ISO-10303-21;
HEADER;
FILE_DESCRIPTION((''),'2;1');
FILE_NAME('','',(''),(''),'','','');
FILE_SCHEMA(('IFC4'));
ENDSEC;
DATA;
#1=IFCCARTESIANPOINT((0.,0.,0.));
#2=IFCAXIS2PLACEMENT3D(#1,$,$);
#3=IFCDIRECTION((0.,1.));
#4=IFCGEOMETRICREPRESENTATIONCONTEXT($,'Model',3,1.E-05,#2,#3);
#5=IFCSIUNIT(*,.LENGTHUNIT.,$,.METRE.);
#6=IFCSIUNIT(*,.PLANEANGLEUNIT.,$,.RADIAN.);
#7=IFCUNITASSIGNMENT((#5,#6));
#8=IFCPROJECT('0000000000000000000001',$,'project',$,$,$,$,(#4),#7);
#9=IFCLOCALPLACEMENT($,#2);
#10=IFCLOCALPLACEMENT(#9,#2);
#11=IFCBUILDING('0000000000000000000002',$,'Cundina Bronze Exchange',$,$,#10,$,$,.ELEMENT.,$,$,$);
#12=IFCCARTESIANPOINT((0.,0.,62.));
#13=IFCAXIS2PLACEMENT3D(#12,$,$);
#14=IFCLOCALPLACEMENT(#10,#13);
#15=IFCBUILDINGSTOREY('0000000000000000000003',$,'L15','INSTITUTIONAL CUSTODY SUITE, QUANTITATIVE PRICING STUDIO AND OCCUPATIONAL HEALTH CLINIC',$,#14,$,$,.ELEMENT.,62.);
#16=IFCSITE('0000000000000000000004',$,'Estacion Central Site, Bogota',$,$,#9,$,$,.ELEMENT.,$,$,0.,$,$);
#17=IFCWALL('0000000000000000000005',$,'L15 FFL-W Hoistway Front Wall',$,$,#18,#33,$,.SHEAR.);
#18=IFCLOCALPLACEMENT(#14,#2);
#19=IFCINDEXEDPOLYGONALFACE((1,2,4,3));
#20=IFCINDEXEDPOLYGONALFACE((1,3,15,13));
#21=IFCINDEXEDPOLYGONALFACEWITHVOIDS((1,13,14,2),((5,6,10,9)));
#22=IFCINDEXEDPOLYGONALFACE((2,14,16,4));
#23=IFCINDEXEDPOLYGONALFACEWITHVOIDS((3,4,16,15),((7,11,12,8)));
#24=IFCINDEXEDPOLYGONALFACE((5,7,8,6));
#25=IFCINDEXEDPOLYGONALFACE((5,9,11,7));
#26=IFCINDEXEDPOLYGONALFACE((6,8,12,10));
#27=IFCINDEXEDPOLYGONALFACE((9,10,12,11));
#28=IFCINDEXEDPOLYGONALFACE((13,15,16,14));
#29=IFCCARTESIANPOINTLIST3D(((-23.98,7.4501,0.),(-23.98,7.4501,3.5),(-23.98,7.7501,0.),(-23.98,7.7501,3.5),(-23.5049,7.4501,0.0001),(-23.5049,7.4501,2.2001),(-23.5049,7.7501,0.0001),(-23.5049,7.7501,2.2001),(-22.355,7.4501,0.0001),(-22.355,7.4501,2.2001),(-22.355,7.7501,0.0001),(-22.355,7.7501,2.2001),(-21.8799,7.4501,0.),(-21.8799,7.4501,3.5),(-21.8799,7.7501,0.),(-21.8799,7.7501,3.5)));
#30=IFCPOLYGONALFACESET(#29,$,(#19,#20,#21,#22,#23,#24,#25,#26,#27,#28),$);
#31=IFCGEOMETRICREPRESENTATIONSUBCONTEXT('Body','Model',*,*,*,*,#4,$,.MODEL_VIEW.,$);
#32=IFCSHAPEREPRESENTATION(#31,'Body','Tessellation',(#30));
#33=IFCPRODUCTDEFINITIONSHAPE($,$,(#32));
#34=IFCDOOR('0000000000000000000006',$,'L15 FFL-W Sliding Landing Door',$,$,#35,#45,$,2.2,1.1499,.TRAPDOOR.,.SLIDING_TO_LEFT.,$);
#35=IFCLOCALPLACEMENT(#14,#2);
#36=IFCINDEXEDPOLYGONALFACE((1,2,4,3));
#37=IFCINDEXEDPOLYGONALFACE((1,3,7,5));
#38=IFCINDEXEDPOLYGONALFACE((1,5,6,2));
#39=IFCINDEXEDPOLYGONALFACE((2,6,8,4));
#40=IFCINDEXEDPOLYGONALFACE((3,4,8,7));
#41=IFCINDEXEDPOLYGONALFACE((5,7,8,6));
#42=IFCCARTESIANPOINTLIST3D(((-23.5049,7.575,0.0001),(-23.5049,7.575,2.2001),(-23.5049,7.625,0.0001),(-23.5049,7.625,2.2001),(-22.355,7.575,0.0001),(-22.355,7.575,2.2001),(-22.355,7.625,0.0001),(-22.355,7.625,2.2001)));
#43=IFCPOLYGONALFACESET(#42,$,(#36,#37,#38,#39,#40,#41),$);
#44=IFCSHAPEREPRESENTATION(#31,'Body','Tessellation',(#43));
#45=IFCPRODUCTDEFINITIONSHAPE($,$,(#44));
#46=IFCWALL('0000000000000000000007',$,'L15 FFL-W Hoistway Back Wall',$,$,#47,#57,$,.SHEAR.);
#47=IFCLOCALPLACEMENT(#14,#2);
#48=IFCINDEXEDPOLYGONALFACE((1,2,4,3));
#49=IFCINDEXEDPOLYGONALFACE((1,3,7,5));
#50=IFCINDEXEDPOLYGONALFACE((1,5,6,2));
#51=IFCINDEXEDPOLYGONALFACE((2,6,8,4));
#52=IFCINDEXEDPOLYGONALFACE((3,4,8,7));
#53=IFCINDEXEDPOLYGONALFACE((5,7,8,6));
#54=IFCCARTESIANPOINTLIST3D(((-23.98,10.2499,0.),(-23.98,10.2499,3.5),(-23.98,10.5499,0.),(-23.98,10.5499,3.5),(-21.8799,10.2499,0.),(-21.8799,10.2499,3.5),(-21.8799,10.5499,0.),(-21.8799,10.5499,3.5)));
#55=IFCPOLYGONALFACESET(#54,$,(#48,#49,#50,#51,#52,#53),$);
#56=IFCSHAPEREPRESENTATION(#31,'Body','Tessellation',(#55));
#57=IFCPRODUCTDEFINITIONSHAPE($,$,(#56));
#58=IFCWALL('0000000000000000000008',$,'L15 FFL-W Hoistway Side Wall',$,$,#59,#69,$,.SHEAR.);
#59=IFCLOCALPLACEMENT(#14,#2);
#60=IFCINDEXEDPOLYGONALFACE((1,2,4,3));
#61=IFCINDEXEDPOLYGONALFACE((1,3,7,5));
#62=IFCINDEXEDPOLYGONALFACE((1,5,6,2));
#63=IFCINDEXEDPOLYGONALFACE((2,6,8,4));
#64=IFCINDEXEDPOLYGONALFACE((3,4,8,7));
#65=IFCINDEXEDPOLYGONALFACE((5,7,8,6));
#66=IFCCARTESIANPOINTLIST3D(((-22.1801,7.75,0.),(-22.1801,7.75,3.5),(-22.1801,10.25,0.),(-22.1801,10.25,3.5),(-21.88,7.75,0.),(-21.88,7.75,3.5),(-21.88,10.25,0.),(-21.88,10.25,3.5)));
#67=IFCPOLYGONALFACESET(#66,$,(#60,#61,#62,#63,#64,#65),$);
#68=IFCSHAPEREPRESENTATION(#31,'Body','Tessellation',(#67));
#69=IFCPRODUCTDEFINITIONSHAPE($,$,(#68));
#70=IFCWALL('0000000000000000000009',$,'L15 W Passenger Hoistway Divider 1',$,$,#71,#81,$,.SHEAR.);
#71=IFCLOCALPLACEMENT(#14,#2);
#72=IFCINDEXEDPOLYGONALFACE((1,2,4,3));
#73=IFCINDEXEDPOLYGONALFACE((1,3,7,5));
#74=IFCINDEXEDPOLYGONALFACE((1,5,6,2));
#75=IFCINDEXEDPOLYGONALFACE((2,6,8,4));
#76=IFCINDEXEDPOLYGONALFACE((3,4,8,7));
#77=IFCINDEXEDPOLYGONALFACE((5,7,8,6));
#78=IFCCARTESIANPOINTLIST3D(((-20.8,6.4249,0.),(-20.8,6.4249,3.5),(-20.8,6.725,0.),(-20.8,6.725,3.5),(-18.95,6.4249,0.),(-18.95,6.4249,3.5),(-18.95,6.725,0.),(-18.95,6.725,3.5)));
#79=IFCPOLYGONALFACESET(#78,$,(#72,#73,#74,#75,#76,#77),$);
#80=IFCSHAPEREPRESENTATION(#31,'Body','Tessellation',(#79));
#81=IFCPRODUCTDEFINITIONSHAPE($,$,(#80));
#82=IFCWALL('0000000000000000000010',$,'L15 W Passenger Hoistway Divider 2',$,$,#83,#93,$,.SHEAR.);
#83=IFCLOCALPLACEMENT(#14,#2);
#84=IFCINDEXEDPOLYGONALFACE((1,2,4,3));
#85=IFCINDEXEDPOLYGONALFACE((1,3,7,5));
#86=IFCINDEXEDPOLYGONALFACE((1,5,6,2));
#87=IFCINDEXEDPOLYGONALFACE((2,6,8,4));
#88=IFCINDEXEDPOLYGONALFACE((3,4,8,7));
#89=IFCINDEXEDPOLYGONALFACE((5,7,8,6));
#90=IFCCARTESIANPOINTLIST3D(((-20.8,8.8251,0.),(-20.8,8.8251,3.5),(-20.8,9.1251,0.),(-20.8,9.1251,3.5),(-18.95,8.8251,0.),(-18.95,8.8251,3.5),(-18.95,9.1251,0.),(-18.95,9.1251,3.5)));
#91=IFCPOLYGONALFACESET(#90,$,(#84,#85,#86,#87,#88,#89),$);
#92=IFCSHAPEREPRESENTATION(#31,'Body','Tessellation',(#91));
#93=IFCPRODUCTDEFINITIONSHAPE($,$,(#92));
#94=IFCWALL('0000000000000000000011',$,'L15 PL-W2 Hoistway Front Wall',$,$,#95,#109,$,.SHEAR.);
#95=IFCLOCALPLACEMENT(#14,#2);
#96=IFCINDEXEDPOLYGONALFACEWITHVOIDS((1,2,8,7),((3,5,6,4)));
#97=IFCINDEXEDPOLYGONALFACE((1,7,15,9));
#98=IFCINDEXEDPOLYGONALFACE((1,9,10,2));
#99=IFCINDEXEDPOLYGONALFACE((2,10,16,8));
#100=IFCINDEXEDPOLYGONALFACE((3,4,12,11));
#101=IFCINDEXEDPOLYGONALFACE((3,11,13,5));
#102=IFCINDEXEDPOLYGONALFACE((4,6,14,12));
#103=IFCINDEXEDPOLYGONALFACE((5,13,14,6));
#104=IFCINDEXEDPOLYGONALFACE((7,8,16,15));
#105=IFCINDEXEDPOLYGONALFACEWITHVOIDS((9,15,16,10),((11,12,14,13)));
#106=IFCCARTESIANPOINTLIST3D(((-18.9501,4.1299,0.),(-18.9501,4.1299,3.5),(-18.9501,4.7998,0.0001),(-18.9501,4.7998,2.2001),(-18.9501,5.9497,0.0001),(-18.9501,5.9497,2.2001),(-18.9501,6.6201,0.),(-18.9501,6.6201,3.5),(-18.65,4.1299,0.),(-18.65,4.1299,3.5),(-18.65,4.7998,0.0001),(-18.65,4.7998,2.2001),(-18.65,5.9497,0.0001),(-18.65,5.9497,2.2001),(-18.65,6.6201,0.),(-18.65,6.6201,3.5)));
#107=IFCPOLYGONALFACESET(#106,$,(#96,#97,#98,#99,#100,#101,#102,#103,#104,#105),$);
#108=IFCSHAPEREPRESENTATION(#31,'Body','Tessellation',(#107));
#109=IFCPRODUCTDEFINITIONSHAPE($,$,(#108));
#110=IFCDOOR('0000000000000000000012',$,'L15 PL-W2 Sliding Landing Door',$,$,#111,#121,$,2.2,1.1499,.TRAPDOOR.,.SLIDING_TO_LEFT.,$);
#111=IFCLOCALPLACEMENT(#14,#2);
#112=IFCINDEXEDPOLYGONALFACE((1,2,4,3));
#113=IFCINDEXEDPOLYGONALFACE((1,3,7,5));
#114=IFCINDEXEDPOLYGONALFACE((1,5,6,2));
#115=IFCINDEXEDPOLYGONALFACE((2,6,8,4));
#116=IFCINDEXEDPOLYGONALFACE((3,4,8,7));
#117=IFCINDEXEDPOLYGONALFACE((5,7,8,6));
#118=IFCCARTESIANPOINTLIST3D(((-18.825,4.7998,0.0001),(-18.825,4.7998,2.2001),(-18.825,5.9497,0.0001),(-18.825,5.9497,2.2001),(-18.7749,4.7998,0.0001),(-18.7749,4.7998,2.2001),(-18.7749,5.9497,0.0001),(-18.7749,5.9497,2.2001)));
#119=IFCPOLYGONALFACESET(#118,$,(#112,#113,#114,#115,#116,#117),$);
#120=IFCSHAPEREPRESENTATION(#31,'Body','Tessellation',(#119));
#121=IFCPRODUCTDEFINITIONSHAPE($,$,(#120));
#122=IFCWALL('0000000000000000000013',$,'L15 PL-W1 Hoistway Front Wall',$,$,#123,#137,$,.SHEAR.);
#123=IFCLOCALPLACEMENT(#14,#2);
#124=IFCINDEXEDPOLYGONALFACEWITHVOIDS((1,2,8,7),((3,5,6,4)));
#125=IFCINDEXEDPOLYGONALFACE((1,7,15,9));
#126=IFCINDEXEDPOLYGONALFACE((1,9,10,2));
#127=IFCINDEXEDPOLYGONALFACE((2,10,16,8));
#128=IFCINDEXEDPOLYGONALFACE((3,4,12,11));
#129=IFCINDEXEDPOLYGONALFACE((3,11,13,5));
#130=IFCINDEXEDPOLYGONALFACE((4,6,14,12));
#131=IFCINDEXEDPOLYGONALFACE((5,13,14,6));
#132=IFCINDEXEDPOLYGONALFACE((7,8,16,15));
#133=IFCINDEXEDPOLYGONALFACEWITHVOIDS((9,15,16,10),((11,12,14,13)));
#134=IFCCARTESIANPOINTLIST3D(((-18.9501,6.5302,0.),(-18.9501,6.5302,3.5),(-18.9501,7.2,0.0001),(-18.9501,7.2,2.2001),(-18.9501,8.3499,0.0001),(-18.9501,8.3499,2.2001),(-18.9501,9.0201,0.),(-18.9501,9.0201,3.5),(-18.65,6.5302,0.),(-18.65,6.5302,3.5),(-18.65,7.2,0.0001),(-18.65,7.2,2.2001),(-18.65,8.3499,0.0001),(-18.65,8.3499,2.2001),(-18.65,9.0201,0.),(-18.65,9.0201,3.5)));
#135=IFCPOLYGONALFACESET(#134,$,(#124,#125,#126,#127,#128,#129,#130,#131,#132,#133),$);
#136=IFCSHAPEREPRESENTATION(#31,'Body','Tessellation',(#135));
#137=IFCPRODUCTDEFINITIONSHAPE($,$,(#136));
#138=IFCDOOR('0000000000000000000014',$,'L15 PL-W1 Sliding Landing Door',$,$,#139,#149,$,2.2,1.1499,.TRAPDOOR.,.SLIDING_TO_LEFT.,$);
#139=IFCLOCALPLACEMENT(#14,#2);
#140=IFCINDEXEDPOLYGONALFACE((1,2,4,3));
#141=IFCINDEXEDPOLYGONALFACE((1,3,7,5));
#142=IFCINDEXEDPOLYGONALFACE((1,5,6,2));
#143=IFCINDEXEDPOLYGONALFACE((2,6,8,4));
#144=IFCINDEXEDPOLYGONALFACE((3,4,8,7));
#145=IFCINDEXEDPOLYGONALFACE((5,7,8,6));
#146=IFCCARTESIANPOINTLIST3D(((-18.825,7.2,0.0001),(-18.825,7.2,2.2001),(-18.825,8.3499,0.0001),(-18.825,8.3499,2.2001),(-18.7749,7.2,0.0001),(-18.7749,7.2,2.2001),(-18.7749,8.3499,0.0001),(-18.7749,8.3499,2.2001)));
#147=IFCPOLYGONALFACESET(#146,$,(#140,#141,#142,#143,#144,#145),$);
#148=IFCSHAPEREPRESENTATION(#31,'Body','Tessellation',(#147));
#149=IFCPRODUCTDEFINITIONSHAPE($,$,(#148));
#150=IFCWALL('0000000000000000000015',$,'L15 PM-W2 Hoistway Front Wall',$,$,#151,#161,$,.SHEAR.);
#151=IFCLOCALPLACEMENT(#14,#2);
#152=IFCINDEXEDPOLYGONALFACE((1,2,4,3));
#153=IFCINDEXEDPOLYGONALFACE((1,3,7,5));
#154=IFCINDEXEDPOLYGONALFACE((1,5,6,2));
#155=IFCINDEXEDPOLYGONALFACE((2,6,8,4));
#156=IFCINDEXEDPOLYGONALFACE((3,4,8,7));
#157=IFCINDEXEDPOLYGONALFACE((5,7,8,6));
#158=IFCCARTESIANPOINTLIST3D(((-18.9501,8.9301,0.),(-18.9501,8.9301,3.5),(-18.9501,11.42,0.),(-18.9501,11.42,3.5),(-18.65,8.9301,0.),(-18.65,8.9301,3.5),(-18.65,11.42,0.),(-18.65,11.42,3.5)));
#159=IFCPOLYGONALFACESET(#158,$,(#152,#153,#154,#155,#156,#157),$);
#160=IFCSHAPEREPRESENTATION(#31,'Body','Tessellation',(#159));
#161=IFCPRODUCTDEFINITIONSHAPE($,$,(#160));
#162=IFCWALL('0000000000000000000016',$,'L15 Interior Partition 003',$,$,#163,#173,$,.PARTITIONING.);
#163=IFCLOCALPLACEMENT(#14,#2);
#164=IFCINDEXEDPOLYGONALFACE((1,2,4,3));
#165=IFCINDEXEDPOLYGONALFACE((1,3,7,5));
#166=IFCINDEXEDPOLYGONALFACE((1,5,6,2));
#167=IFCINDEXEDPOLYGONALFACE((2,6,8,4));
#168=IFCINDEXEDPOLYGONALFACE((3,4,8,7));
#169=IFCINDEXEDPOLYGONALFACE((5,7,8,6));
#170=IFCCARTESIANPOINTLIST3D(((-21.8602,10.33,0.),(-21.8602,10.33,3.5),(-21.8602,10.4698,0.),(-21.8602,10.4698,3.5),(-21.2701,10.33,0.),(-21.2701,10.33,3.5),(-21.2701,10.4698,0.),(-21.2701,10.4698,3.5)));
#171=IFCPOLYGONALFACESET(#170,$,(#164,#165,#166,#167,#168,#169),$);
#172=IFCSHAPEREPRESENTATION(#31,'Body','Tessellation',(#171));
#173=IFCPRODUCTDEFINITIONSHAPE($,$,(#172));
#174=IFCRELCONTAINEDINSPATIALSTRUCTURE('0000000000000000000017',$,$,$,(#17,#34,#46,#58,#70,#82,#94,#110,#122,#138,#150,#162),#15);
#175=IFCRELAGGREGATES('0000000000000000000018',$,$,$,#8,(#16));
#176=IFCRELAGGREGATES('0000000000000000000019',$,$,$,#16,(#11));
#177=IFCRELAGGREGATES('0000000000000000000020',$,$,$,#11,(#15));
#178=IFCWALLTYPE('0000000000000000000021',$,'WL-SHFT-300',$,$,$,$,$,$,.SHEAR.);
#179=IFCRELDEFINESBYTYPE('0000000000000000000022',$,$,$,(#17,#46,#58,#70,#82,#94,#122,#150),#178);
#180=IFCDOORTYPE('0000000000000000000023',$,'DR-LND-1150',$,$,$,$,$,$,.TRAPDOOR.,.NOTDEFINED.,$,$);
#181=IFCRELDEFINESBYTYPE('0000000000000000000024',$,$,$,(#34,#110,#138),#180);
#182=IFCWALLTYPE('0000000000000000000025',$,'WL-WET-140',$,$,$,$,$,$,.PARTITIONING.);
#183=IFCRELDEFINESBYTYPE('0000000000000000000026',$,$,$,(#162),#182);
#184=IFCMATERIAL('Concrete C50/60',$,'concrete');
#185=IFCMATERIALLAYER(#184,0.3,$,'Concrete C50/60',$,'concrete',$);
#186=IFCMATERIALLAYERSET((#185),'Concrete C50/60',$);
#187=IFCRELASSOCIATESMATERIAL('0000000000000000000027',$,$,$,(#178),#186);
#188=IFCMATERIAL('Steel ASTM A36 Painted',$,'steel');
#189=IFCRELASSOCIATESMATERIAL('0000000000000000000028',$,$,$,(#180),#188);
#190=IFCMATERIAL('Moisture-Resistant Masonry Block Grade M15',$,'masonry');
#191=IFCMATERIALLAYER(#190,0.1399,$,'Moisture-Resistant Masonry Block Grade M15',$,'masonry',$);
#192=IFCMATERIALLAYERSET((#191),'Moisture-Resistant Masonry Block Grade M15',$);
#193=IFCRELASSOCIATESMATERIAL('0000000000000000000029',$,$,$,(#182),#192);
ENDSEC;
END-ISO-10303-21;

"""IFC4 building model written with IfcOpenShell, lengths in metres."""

from ifc_helpers import new_model, si_unit, direction, frame, frame_2d, origin, place, context, subcontext, project, spatial, rectangle, extrude, material, layer, layer_set, type_object, element, fill, save


model = new_model("IFC4")

# Units and contexts
model_context = context("Model", 3, precision=1e-05, world=origin(), true_north=direction((0.0, 1.0)))
body_context = subcontext(model_context, "Body", "Model", "MODEL_VIEW")
ifc_project = project(units=[si_unit("LENGTHUNIT", "METRE"), si_unit("PLANEANGLEUNIT", "RADIAN")], contexts=[model_context])

# Site, building, storey
site_placement = place(None, origin())
site = spatial("IfcSite", under=ifc_project, at=site_placement, Name="Estacion Central Site, Bogota", CompositionType="ELEMENT", RefElevation=0.0)
building_placement = place(site_placement, origin())
building = spatial("IfcBuilding", under=site, at=building_placement, Name="Cundina Bronze Exchange", CompositionType="ELEMENT")
storey_placement = place(building_placement, frame((0.0, 0.0, 62.0)))
storey = spatial("IfcBuildingStorey", under=building, at=storey_placement, Name="L15", Description="INSTITUTIONAL CUSTODY SUITE, QUANTITATIVE PRICING STUDIO AND OCCUPATIONAL HEALTH CLINIC", CompositionType="ELEMENT", Elevation=62.0)

# Shared definitions
ifc_material_1 = material(Name="Concrete C50/60", Category="concrete")
ifc_layer_1 = layer(ifc_material_1, 0.3, Name="Concrete C50/60", Category="concrete")
ifc_layer_set_1 = layer_set([ifc_layer_1], Name="Concrete C50/60")
wall_type_1 = type_object("IfcWallType", Name="WL-SHFT-300", PredefinedType="SHEAR", material=ifc_layer_set_1)

# Wall, opening, door
wall_1_placement = place(storey_placement, frame((-23.98, 7.6001, 0.0), z_axis=(0.0, 0.0, 1.0), x_axis=(1.0, 0.0, 0.0)))
wall_1 = element("IfcWall", 1, at=wall_1_placement, inside=storey, type_object=wall_type_1, Name="L15 FFL-W Hoistway Front Wall", PredefinedType="SHEAR", context=body_context, shape_type="SweptSolid", body=[
    extrude(rectangle(XDim=2.1001, YDim=0.3, at=frame_2d((1.05, 0.0))), origin(), (0.0, 0.0, 1.0), 3.5),
])
opening_1_placement = place(wall_1_placement, frame((0.4751, 0.0, 0.0)))
opening_1 = element("IfcOpeningElement", 2, at=opening_1_placement, cuts=wall_1, PredefinedType="OPENING", context=body_context, shape_type="SweptSolid", body=[
    extrude(rectangle(XDim=1.1499, YDim=2.2, at=frame_2d((0.575, 1.1001))), frame((0.0, 0.1599, 0.0), z_axis=(0.0, -1.0, 0.0), x_axis=(1.0, 0.0, 0.0)), (0.0, 0.0, 1.0), 0.3201),
])
ifc_material_2 = material(Name="Steel ASTM A36 Painted", Category="steel")
door_type = type_object("IfcDoorType", Name="DR-LND-1150", OperationType="NOTDEFINED", PredefinedType="TRAPDOOR", material=ifc_material_2)
door_1_placement = place(opening_1_placement, origin())
door_1 = element("IfcDoor", 3, at=door_1_placement, inside=storey, type_object=door_type, Name="L15 FFL-W Sliding Landing Door", OperationType="SLIDING_TO_LEFT", OverallHeight=2.2, OverallWidth=1.1499, PredefinedType="TRAPDOOR", context=body_context, shape_type="SweptSolid", body=[
    extrude(rectangle(XDim=1.1499, YDim=2.2, at=frame_2d((0.575, 1.1001))), frame((0.0, 0.0249, 0.0), z_axis=(0.0, -1.0, 0.0), x_axis=(1.0, 0.0, 0.0)), (0.0, 0.0, 1.0), 0.05),
])
fill(opening_1, door_1)

# Walls
wall_2_placement = place(storey_placement, frame((-23.98, 10.3999, 0.0), z_axis=(0.0, 0.0, 1.0), x_axis=(1.0, 0.0, 0.0)))
element("IfcWall", 4, at=wall_2_placement, inside=storey, type_object=wall_type_1, Name="L15 FFL-W Hoistway Back Wall", PredefinedType="SHEAR", context=body_context, shape_type="SweptSolid", body=[
    extrude(rectangle(XDim=2.1001, YDim=0.3, at=frame_2d((1.05, 0.0))), origin(), (0.0, 0.0, 1.0), 3.5),
])
wall_3_placement = place(storey_placement, frame((-22.03, 7.75, 0.0), z_axis=(0.0, 0.0, 1.0), x_axis=(0.0, 1.0, 0.0)))
element("IfcWall", 5, at=wall_3_placement, inside=storey, type_object=wall_type_1, Name="L15 FFL-W Hoistway Side Wall", PredefinedType="SHEAR", context=body_context, shape_type="SweptSolid", body=[
    extrude(rectangle(XDim=2.5, YDim=0.3, at=frame_2d((1.25, 0.0))), origin(), (0.0, 0.0, 1.0), 3.5),
])
for number, where, z_axis, x_axis, name in (
    (6, (-20.8, 6.575, 0.0), (0.0, 0.0, 1.0), (1.0, 0.0, 0.0), "L15 W Passenger Hoistway Divider 1"),
    (7, (-20.8, 8.9751, 0.0), (0.0, 0.0, 1.0), (1.0, 0.0, 0.0), "L15 W Passenger Hoistway Divider 2"),
):
    element("IfcWall", number, at=place(storey_placement, frame(where, z_axis=z_axis, x_axis=x_axis)), inside=storey, type_object=wall_type_1, Name=name, PredefinedType="SHEAR", context=body_context, shape_type="SweptSolid", body=[
        extrude(rectangle(XDim=1.8501, YDim=0.3, at=frame_2d((0.925, 0.0))), origin(), (0.0, 0.0, 1.0), 3.5),
    ])

# Walls, openings, doors
wall_4_placement = place(storey_placement, frame((-18.8, 4.1299, 0.0), z_axis=(0.0, 0.0, 1.0), x_axis=(0.0, 1.0, 0.0)))
wall_4 = element("IfcWall", 8, at=wall_4_placement, inside=storey, type_object=wall_type_1, Name="L15 PL-W2 Hoistway Front Wall", PredefinedType="SHEAR", context=body_context, shape_type="SweptSolid", body=[
    extrude(rectangle(XDim=2.4902, YDim=0.3, at=frame_2d((1.2451, 0.0))), origin(), (0.0, 0.0, 1.0), 3.5),
])
opening_2_placement = place(wall_4_placement, frame((0.6699, 0.0, 0.0)))
opening_2 = element("IfcOpeningElement", 9, at=opening_2_placement, cuts=wall_4, PredefinedType="OPENING", context=body_context, shape_type="SweptSolid", body=[
    extrude(rectangle(XDim=1.1499, YDim=2.2, at=frame_2d((0.575, 1.1001))), frame((0.0, 0.1599, 0.0), z_axis=(0.0, -1.0, 0.0), x_axis=(1.0, 0.0, 0.0)), (0.0, 0.0, 1.0), 0.3201),
])
door_2_placement = place(opening_2_placement, origin())
door_2 = element("IfcDoor", 10, at=door_2_placement, inside=storey, type_object=door_type, Name="L15 PL-W2 Sliding Landing Door", OperationType="SLIDING_TO_LEFT", OverallHeight=2.2, OverallWidth=1.1499, PredefinedType="TRAPDOOR", context=body_context, shape_type="SweptSolid", body=[
    extrude(rectangle(XDim=1.1499, YDim=2.2, at=frame_2d((0.575, 1.1001))), frame((0.0, 0.0249, 0.0), z_axis=(0.0, -1.0, 0.0), x_axis=(1.0, 0.0, 0.0)), (0.0, 0.0, 1.0), 0.05),
])
fill(opening_2, door_2)
wall_5_placement = place(storey_placement, frame((-18.8, 6.53, 0.0), z_axis=(0.0, 0.0, 1.0), x_axis=(0.0, 1.0, 0.0)))
wall_5 = element("IfcWall", 11, at=wall_5_placement, inside=storey, type_object=wall_type_1, Name="L15 PL-W1 Hoistway Front Wall", PredefinedType="SHEAR", context=body_context, shape_type="SweptSolid", body=[
    extrude(rectangle(XDim=2.49, YDim=0.3, at=frame_2d((1.2451, 0.0))), origin(), (0.0, 0.0, 1.0), 3.5),
])
opening_3_placement = place(wall_5_placement, frame((0.6699, 0.0, 0.0)))
opening_3 = element("IfcOpeningElement", 12, at=opening_3_placement, cuts=wall_5, PredefinedType="OPENING", context=body_context, shape_type="SweptSolid", body=[
    extrude(rectangle(XDim=1.1499, YDim=2.2, at=frame_2d((0.575, 1.1001))), frame((0.0, 0.1599, 0.0), z_axis=(0.0, -1.0, 0.0), x_axis=(1.0, 0.0, 0.0)), (0.0, 0.0, 1.0), 0.3201),
])
door_3_placement = place(opening_3_placement, origin())
door_3 = element("IfcDoor", 13, at=door_3_placement, inside=storey, type_object=door_type, Name="L15 PL-W1 Sliding Landing Door", OperationType="SLIDING_TO_LEFT", OverallHeight=2.2, OverallWidth=1.1499, PredefinedType="TRAPDOOR", context=body_context, shape_type="SweptSolid", body=[
    extrude(rectangle(XDim=1.1499, YDim=2.2, at=frame_2d((0.575, 1.1001))), frame((0.0, 0.0249, 0.0), z_axis=(0.0, -1.0, 0.0), x_axis=(1.0, 0.0, 0.0)), (0.0, 0.0, 1.0), 0.05),
])
fill(opening_3, door_3)

# Walls
wall_6_placement = place(storey_placement, frame((-18.8, 8.9299, 0.0), z_axis=(0.0, 0.0, 1.0), x_axis=(0.0, 1.0, 0.0)))
element("IfcWall", 14, at=wall_6_placement, inside=storey, type_object=wall_type_1, Name="L15 PM-W2 Hoistway Front Wall", PredefinedType="SHEAR", context=body_context, shape_type="SweptSolid", body=[
    extrude(rectangle(XDim=2.49, YDim=0.3, at=frame_2d((1.2451, 0.0))), origin(), (0.0, 0.0, 1.0), 3.5),
])
ifc_material_3 = material(Name="Moisture-Resistant Masonry Block Grade M15", Category="masonry")
ifc_layer_2 = layer(ifc_material_3, 0.1399, Name="Moisture-Resistant Masonry Block Grade M15", Category="masonry")
ifc_layer_set_2 = layer_set([ifc_layer_2], Name="Moisture-Resistant Masonry Block Grade M15")
wall_type_2 = type_object("IfcWallType", Name="WL-WET-140", PredefinedType="PARTITIONING", material=ifc_layer_set_2)
wall_7_placement = place(storey_placement, frame((-21.8601, 10.3999, 0.0), z_axis=(0.0, 0.0, 1.0), x_axis=(1.0, 0.0, 0.0)))
element("IfcWall", 15, at=wall_7_placement, inside=storey, type_object=wall_type_2, Name="L15 Interior Partition 003", PredefinedType="PARTITIONING", context=body_context, shape_type="SweptSolid", body=[
    extrude(rectangle(XDim=0.5901, YDim=0.1399, at=frame_2d((0.2949, 0.0))), origin(), (0.0, 0.0, 1.0), 3.5),
])

save(model, "model.ifc")
